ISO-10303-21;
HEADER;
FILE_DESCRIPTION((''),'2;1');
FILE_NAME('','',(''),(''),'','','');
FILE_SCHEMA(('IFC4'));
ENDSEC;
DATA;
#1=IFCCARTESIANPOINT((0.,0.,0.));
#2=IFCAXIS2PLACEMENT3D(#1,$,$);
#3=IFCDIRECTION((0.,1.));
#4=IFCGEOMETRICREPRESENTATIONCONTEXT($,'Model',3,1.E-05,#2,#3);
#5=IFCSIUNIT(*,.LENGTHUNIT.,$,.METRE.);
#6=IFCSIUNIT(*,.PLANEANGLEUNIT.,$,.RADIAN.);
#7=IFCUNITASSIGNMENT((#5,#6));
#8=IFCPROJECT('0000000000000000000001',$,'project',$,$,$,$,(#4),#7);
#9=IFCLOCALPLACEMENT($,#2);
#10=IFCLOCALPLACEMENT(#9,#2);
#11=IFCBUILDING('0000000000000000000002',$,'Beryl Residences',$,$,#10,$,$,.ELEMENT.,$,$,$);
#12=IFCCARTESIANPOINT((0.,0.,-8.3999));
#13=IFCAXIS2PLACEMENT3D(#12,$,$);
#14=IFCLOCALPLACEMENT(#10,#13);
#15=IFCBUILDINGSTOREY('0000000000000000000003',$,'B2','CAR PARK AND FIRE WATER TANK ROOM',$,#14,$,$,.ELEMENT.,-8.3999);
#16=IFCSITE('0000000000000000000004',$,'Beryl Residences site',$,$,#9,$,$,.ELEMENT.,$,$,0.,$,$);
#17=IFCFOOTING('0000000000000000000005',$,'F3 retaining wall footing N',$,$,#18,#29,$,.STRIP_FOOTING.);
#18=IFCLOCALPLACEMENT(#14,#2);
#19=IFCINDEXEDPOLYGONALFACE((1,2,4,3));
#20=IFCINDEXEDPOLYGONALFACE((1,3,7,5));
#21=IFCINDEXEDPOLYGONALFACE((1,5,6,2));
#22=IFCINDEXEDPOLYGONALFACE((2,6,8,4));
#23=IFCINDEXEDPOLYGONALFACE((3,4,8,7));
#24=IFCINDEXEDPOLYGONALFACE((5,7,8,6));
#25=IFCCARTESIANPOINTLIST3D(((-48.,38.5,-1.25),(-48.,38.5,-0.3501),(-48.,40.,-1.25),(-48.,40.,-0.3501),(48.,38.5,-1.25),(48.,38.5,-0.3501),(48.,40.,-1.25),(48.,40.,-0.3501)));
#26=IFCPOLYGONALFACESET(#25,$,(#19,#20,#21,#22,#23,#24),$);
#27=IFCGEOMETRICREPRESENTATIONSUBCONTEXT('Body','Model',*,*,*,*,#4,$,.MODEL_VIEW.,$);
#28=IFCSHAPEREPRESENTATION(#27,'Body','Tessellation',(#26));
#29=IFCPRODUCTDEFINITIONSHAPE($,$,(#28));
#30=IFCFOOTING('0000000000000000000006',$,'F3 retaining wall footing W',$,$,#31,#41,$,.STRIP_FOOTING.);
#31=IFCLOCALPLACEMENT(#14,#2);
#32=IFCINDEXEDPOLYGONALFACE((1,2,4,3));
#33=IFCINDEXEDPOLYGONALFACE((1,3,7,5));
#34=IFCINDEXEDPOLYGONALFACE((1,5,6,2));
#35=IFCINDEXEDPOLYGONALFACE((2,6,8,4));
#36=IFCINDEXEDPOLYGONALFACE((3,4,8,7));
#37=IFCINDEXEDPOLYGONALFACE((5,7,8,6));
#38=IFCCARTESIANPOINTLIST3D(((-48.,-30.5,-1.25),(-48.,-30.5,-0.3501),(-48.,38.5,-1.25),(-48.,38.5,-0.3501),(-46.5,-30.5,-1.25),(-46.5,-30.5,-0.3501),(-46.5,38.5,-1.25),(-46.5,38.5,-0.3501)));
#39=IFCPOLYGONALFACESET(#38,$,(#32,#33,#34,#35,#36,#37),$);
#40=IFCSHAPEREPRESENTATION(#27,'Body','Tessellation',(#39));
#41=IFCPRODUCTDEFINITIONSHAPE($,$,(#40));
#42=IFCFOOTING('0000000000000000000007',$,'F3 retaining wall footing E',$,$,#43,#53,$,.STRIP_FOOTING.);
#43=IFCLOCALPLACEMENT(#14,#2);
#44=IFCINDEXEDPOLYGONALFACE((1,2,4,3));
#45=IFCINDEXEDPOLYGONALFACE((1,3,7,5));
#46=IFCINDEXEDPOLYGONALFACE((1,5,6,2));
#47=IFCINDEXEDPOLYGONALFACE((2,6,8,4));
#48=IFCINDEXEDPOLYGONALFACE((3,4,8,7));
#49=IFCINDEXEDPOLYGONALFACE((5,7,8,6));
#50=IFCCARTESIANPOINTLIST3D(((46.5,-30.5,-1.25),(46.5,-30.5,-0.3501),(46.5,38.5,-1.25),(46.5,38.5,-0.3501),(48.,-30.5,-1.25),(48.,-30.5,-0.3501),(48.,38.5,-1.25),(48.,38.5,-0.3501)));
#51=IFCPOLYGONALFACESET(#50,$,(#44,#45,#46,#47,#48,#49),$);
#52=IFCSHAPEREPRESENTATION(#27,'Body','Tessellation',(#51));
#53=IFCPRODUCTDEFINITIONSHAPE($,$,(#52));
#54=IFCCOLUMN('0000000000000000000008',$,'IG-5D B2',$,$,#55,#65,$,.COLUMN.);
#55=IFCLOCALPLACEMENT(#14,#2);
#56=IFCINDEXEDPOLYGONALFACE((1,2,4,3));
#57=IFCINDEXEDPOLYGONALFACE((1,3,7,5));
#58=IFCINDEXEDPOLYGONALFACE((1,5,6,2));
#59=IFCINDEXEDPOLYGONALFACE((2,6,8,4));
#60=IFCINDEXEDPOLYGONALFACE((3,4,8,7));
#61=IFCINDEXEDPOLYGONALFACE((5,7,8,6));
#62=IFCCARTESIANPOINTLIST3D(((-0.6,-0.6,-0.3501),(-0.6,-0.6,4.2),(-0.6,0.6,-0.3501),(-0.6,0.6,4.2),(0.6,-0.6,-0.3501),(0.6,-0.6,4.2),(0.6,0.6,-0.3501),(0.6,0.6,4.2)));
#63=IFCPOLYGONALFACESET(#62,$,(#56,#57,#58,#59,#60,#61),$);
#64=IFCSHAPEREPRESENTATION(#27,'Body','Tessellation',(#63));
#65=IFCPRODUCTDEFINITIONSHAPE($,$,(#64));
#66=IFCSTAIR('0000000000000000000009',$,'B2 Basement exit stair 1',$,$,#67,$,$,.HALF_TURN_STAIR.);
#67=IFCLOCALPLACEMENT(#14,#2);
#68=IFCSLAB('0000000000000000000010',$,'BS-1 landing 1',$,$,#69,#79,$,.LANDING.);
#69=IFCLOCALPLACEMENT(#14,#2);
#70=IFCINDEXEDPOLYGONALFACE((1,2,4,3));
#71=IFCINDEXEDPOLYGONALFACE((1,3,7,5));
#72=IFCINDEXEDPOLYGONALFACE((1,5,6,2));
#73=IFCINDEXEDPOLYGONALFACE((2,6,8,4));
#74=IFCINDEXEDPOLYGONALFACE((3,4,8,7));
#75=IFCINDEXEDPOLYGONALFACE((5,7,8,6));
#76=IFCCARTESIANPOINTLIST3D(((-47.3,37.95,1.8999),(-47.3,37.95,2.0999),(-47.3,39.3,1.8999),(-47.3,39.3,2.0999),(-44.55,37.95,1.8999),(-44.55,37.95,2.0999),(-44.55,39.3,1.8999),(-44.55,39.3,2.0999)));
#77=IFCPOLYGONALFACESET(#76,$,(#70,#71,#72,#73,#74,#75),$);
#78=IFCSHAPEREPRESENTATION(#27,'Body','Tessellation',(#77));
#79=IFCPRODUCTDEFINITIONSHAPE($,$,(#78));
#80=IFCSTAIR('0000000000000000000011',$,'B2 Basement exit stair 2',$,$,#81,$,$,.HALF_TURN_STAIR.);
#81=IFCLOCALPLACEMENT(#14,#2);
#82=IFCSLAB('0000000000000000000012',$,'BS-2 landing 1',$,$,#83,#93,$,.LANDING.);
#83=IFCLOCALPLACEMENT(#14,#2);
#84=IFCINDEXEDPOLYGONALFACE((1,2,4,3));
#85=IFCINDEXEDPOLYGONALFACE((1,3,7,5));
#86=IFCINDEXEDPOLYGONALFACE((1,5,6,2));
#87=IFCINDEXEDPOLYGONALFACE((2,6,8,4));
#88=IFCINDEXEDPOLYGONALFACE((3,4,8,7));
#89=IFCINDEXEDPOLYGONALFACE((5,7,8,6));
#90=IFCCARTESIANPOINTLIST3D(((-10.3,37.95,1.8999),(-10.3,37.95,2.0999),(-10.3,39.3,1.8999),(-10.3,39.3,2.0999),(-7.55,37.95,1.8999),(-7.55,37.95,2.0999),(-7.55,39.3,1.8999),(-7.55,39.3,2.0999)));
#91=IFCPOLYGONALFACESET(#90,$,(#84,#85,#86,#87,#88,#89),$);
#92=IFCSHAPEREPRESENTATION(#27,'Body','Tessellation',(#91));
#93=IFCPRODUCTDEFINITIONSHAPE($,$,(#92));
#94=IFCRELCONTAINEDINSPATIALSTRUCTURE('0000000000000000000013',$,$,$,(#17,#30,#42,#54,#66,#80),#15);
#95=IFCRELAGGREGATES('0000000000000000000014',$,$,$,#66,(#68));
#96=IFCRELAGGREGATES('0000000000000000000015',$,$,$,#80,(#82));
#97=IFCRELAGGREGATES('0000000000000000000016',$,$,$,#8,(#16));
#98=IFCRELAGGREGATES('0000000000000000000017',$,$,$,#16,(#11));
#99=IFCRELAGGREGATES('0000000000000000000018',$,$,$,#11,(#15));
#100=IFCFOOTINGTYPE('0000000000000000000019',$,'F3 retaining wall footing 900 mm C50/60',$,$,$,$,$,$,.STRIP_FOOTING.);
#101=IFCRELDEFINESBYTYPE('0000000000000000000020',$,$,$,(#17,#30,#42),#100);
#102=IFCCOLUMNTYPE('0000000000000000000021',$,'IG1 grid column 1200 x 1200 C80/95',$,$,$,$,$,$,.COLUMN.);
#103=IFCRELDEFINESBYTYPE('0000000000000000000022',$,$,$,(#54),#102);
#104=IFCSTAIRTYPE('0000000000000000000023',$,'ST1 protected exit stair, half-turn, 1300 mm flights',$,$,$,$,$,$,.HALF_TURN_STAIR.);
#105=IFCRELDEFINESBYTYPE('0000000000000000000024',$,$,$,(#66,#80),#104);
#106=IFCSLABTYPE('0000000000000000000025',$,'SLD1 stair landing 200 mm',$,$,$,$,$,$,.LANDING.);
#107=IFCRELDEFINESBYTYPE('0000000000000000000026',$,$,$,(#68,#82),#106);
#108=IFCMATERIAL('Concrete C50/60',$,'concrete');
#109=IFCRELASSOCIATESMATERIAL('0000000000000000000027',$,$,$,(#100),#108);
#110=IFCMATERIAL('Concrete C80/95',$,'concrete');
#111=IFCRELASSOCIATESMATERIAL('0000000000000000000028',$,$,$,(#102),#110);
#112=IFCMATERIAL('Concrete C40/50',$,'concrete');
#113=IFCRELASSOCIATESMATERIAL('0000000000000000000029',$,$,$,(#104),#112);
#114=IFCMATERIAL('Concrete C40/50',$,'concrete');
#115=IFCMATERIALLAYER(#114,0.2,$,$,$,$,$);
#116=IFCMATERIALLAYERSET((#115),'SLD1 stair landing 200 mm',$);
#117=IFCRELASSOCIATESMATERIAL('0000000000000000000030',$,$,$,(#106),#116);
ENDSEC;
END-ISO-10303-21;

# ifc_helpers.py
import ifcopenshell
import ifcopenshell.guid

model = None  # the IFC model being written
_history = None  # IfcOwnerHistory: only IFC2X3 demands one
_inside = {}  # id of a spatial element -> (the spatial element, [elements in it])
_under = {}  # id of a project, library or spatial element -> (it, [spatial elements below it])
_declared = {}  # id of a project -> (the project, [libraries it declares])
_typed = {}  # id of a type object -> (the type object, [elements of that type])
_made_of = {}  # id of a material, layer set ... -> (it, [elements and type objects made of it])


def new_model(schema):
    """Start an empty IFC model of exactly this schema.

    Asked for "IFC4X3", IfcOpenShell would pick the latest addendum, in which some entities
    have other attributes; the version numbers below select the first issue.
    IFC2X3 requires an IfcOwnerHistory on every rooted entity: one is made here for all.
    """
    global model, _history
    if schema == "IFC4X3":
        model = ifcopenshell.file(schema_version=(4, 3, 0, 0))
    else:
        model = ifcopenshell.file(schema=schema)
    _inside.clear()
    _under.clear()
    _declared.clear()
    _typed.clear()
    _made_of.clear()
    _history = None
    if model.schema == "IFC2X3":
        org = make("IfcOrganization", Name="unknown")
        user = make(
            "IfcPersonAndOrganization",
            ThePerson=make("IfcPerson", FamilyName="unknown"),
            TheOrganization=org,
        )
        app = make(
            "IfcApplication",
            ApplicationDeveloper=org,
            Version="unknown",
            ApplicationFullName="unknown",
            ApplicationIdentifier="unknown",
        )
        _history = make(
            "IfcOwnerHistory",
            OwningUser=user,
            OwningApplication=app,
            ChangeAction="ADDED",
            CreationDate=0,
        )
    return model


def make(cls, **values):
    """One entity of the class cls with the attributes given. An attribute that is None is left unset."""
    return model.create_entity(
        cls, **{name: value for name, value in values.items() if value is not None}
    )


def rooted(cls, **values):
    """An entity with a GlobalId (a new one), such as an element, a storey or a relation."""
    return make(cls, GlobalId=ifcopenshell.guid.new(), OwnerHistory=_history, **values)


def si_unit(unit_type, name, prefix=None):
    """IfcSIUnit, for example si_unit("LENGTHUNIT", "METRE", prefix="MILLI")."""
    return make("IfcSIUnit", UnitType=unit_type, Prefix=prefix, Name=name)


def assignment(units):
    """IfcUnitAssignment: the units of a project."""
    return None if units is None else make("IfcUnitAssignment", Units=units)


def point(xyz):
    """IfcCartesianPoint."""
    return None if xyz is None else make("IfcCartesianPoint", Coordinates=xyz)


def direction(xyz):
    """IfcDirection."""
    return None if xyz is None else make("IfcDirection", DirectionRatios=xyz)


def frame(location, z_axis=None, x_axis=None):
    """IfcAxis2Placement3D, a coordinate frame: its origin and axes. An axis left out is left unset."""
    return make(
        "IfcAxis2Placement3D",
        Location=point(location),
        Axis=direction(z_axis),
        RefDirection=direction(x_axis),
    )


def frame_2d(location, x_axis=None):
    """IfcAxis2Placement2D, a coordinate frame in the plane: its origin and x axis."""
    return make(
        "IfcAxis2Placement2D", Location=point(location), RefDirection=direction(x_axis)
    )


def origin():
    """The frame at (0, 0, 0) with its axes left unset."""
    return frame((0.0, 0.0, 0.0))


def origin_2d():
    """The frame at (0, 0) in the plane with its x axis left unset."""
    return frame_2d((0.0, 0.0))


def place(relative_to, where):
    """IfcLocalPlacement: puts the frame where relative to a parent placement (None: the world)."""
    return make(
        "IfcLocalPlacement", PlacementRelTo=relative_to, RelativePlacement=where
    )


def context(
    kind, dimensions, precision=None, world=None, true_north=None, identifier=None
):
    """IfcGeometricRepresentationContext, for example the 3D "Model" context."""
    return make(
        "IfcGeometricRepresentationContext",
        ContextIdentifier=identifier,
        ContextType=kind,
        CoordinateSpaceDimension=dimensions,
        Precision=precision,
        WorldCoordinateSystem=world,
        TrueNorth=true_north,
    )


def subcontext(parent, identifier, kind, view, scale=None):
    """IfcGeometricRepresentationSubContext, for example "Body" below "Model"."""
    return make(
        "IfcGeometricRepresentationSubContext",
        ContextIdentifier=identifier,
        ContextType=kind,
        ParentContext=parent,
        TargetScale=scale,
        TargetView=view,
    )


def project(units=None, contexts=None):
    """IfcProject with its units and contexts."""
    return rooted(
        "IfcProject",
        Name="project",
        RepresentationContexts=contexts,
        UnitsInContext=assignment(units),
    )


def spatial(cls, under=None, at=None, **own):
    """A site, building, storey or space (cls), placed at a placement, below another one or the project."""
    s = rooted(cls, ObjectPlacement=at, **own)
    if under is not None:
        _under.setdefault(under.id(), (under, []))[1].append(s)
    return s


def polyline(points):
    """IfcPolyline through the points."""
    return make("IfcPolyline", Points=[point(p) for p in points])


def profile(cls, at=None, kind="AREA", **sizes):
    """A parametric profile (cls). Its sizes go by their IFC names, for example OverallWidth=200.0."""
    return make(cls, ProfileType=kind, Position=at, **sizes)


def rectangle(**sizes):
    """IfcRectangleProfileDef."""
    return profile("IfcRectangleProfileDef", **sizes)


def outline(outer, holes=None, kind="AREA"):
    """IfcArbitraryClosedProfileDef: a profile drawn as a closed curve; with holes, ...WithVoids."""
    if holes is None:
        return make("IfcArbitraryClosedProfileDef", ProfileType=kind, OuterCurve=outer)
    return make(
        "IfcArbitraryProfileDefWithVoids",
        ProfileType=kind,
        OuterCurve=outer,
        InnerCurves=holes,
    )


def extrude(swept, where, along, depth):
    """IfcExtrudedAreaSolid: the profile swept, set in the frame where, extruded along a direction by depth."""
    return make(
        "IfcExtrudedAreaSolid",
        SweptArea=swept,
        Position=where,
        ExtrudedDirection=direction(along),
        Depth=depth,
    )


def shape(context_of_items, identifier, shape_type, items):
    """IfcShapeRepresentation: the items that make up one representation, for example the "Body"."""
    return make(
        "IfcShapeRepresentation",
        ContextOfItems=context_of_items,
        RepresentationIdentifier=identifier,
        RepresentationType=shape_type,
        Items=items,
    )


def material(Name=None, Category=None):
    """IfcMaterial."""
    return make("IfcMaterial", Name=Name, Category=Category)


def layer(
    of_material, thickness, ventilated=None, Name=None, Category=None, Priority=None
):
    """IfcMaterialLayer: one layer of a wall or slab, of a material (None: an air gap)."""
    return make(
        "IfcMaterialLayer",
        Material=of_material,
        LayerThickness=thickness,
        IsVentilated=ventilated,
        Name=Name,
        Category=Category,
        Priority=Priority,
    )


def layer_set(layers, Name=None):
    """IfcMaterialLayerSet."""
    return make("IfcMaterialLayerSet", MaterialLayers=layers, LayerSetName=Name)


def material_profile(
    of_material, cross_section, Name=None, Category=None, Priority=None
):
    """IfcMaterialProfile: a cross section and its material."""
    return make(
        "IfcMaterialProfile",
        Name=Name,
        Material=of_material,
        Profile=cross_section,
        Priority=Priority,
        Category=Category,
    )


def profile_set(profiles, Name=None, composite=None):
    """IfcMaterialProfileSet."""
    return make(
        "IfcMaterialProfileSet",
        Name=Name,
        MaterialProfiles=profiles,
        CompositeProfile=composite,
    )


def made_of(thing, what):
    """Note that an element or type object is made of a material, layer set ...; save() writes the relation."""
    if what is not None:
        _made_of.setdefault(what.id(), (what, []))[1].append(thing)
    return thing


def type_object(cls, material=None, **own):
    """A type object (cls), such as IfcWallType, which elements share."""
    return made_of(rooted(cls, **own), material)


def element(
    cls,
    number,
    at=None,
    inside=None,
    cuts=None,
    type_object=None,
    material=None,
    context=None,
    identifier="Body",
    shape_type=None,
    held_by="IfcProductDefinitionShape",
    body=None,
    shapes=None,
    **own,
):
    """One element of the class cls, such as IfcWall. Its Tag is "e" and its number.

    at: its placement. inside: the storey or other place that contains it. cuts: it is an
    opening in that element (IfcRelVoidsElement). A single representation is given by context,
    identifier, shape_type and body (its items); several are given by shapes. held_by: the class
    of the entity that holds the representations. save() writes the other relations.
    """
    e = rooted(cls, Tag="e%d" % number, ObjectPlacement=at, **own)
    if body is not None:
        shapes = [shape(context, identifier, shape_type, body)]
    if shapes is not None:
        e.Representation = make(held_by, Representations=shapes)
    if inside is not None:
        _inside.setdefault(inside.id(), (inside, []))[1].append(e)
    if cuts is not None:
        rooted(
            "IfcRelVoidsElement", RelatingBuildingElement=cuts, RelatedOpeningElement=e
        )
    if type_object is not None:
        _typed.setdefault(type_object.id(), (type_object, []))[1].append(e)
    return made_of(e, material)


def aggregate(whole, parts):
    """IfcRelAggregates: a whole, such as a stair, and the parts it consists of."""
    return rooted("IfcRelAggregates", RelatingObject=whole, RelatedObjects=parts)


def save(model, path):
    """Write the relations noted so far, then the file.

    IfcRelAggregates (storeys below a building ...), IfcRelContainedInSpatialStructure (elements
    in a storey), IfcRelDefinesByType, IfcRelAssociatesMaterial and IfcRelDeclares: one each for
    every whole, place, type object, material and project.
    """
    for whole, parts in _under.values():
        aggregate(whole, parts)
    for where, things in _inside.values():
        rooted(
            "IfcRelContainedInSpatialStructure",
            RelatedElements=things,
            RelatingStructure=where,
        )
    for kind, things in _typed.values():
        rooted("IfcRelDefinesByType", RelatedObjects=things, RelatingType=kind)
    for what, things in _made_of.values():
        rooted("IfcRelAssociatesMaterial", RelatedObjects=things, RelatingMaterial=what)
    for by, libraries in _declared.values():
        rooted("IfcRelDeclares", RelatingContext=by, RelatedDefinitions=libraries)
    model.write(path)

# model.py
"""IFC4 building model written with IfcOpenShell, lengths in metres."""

from ifc_helpers import new_model, si_unit, direction, frame, origin, origin_2d, place, context, subcontext, project, spatial, polyline, rectangle, outline, extrude, material, layer, layer_set, material_profile, profile_set, type_object, element, aggregate, save


model = new_model("IFC4")

# Units and contexts
model_context = context("Model", 3, precision=1e-05, world=origin(), true_north=direction((0.0, 1.0)))
body_context = subcontext(model_context, "Body", "Model", "MODEL_VIEW")
ifc_project = project(units=[si_unit("LENGTHUNIT", "METRE"), si_unit("PLANEANGLEUNIT", "RADIAN")], contexts=[model_context])

# Site, building, storey
site_placement = place(None, origin())
site = spatial("IfcSite", under=ifc_project, at=site_placement, Name="Beryl Residences site", CompositionType="ELEMENT", RefElevation=0.0)
building_placement = place(site_placement, origin())
building = spatial("IfcBuilding", under=site, at=building_placement, Name="Beryl Residences", CompositionType="ELEMENT")
storey_placement = place(building_placement, frame((0.0, 0.0, -8.3999)))
storey = spatial("IfcBuildingStorey", under=building, at=storey_placement, Name="B2", Description="CAR PARK AND FIRE WATER TANK ROOM", CompositionType="ELEMENT", Elevation=-8.3999)

# Footings
ifc_material_1 = material(Name="Concrete C50/60", Category="concrete")
footing_type_1 = type_object("IfcFootingType", Name="F3 retaining wall footing 900 mm C50/60", PredefinedType="STRIP_FOOTING", material=ifc_material_1)
footing_1_placement = place(storey_placement, frame((0.0, 0.0, -1.25)))
element("IfcFooting", 1, at=footing_1_placement, inside=storey, type_object=footing_type_1, Name="F3 retaining wall footing N", PredefinedType="STRIP_FOOTING", context=body_context, shape_type="SweptSolid", body=[
    extrude(outline(polyline([(48.0, 38.5), (48.0, 40.0), (-48.0, 40.0), (-48.0, 38.5), (48.0, 38.5)])), origin(), (0.0, 0.0, 1.0), 0.8999),
])
footing_2_placement = place(storey_placement, frame((0.0, 0.0, -1.25)))
element("IfcFooting", 2, at=footing_2_placement, inside=storey, type_object=footing_type_1, Name="F3 retaining wall footing W", PredefinedType="STRIP_FOOTING", context=body_context, shape_type="SweptSolid", body=[
    extrude(outline(polyline([(-46.5, -30.5), (-46.5, 38.5), (-48.0, 38.5), (-48.0, -30.5), (-46.5, -30.5)])), origin(), (0.0, 0.0, 1.0), 0.8999),
])
footing_3_placement = place(storey_placement, frame((0.0, 0.0, -1.25)))
element("IfcFooting", 3, at=footing_3_placement, inside=storey, type_object=footing_type_1, Name="F3 retaining wall footing E", PredefinedType="STRIP_FOOTING", context=body_context, shape_type="SweptSolid", body=[
    extrude(outline(polyline([(48.0, -30.5), (48.0, 38.5), (46.5, 38.5), (46.5, -30.5), (48.0, -30.5)])), origin(), (0.0, 0.0, 1.0), 0.8999),
])

# Column
ifc_material_2 = material(Name="Concrete C80/95", Category="concrete")
ifc_material_profile = material_profile(ifc_material_2, rectangle(XDim=1.2, YDim=1.2, at=origin_2d()))
ifc_profile_set = profile_set([ifc_material_profile], Name="Concrete C80/95")
column_type = type_object("IfcColumnType", Name="IG1 grid column 1200 x 1200 C80/95", PredefinedType="COLUMN", material=ifc_profile_set)
column_placement = place(storey_placement, frame((0.0, 0.0, -0.3501), z_axis=(0.0, 0.0, 1.0), x_axis=(1.0, 0.0, 0.0)))
element("IfcColumn", 4, at=column_placement, inside=storey, type_object=column_type, Name="IG-5D B2", PredefinedType="COLUMN", context=body_context, shape_type="SweptSolid", body=[
    extrude(rectangle(XDim=1.2, YDim=1.2, at=origin_2d()), origin(), (0.0, 0.0, 1.0), 4.55),
])

# Stairs, slabs
ifc_material_3 = material(Name="Concrete C40/50", Category="concrete")
stair_type = type_object("IfcStairType", Name="ST1 protected exit stair, half-turn, 1300 mm flights", PredefinedType="HALF_TURN_STAIR", material=ifc_material_3)
stair_1_placement = place(storey_placement, origin())
stair_1 = element("IfcStair", 5, at=stair_1_placement, inside=storey, type_object=stair_type, Name="B2 Basement exit stair 1", PredefinedType="HALF_TURN_STAIR")
ifc_material_4 = material(Name="Concrete C40/50", Category="concrete")
ifc_layer_1 = layer(ifc_material_4, 0.2)
ifc_layer_set_1 = layer_set([ifc_layer_1], Name="SLD1 stair landing 200 mm")
slab_type_1 = type_object("IfcSlabType", Name="SLD1 stair landing 200 mm", PredefinedType="LANDING", material=ifc_layer_set_1)
slab_1_placement = place(storey_placement, frame((0.0, 0.0, 1.8999)))
slab_1 = element("IfcSlab", 6, at=slab_1_placement, type_object=slab_type_1, Name="BS-1 landing 1", PredefinedType="LANDING", context=body_context, shape_type="SweptSolid", body=[
    extrude(outline(polyline([(-44.55, 37.95), (-44.55, 39.3), (-47.3, 39.3), (-47.3, 37.95), (-44.55, 37.95)])), origin(), (0.0, 0.0, 1.0), 0.2),
])
aggregate(stair_1, [slab_1])
stair_2_placement = place(storey_placement, origin())
stair_2 = element("IfcStair", 7, at=stair_2_placement, inside=storey, type_object=stair_type, Name="B2 Basement exit stair 2", PredefinedType="HALF_TURN_STAIR")
slab_2_placement = place(storey_placement, frame((0.0, 0.0, 1.8999)))
slab_2 = element("IfcSlab", 8, at=slab_2_placement, type_object=slab_type_1, Name="BS-2 landing 1", PredefinedType="LANDING", context=body_context, shape_type="SweptSolid", body=[
    extrude(outline(polyline([(-7.55, 37.95), (-7.55, 39.3), (-10.3, 39.3), (-10.3, 37.95), (-7.55, 37.95)])), origin(), (0.0, 0.0, 1.0), 0.2),
])
aggregate(stair_2, [slab_2])

save(model, "model.ifc")
